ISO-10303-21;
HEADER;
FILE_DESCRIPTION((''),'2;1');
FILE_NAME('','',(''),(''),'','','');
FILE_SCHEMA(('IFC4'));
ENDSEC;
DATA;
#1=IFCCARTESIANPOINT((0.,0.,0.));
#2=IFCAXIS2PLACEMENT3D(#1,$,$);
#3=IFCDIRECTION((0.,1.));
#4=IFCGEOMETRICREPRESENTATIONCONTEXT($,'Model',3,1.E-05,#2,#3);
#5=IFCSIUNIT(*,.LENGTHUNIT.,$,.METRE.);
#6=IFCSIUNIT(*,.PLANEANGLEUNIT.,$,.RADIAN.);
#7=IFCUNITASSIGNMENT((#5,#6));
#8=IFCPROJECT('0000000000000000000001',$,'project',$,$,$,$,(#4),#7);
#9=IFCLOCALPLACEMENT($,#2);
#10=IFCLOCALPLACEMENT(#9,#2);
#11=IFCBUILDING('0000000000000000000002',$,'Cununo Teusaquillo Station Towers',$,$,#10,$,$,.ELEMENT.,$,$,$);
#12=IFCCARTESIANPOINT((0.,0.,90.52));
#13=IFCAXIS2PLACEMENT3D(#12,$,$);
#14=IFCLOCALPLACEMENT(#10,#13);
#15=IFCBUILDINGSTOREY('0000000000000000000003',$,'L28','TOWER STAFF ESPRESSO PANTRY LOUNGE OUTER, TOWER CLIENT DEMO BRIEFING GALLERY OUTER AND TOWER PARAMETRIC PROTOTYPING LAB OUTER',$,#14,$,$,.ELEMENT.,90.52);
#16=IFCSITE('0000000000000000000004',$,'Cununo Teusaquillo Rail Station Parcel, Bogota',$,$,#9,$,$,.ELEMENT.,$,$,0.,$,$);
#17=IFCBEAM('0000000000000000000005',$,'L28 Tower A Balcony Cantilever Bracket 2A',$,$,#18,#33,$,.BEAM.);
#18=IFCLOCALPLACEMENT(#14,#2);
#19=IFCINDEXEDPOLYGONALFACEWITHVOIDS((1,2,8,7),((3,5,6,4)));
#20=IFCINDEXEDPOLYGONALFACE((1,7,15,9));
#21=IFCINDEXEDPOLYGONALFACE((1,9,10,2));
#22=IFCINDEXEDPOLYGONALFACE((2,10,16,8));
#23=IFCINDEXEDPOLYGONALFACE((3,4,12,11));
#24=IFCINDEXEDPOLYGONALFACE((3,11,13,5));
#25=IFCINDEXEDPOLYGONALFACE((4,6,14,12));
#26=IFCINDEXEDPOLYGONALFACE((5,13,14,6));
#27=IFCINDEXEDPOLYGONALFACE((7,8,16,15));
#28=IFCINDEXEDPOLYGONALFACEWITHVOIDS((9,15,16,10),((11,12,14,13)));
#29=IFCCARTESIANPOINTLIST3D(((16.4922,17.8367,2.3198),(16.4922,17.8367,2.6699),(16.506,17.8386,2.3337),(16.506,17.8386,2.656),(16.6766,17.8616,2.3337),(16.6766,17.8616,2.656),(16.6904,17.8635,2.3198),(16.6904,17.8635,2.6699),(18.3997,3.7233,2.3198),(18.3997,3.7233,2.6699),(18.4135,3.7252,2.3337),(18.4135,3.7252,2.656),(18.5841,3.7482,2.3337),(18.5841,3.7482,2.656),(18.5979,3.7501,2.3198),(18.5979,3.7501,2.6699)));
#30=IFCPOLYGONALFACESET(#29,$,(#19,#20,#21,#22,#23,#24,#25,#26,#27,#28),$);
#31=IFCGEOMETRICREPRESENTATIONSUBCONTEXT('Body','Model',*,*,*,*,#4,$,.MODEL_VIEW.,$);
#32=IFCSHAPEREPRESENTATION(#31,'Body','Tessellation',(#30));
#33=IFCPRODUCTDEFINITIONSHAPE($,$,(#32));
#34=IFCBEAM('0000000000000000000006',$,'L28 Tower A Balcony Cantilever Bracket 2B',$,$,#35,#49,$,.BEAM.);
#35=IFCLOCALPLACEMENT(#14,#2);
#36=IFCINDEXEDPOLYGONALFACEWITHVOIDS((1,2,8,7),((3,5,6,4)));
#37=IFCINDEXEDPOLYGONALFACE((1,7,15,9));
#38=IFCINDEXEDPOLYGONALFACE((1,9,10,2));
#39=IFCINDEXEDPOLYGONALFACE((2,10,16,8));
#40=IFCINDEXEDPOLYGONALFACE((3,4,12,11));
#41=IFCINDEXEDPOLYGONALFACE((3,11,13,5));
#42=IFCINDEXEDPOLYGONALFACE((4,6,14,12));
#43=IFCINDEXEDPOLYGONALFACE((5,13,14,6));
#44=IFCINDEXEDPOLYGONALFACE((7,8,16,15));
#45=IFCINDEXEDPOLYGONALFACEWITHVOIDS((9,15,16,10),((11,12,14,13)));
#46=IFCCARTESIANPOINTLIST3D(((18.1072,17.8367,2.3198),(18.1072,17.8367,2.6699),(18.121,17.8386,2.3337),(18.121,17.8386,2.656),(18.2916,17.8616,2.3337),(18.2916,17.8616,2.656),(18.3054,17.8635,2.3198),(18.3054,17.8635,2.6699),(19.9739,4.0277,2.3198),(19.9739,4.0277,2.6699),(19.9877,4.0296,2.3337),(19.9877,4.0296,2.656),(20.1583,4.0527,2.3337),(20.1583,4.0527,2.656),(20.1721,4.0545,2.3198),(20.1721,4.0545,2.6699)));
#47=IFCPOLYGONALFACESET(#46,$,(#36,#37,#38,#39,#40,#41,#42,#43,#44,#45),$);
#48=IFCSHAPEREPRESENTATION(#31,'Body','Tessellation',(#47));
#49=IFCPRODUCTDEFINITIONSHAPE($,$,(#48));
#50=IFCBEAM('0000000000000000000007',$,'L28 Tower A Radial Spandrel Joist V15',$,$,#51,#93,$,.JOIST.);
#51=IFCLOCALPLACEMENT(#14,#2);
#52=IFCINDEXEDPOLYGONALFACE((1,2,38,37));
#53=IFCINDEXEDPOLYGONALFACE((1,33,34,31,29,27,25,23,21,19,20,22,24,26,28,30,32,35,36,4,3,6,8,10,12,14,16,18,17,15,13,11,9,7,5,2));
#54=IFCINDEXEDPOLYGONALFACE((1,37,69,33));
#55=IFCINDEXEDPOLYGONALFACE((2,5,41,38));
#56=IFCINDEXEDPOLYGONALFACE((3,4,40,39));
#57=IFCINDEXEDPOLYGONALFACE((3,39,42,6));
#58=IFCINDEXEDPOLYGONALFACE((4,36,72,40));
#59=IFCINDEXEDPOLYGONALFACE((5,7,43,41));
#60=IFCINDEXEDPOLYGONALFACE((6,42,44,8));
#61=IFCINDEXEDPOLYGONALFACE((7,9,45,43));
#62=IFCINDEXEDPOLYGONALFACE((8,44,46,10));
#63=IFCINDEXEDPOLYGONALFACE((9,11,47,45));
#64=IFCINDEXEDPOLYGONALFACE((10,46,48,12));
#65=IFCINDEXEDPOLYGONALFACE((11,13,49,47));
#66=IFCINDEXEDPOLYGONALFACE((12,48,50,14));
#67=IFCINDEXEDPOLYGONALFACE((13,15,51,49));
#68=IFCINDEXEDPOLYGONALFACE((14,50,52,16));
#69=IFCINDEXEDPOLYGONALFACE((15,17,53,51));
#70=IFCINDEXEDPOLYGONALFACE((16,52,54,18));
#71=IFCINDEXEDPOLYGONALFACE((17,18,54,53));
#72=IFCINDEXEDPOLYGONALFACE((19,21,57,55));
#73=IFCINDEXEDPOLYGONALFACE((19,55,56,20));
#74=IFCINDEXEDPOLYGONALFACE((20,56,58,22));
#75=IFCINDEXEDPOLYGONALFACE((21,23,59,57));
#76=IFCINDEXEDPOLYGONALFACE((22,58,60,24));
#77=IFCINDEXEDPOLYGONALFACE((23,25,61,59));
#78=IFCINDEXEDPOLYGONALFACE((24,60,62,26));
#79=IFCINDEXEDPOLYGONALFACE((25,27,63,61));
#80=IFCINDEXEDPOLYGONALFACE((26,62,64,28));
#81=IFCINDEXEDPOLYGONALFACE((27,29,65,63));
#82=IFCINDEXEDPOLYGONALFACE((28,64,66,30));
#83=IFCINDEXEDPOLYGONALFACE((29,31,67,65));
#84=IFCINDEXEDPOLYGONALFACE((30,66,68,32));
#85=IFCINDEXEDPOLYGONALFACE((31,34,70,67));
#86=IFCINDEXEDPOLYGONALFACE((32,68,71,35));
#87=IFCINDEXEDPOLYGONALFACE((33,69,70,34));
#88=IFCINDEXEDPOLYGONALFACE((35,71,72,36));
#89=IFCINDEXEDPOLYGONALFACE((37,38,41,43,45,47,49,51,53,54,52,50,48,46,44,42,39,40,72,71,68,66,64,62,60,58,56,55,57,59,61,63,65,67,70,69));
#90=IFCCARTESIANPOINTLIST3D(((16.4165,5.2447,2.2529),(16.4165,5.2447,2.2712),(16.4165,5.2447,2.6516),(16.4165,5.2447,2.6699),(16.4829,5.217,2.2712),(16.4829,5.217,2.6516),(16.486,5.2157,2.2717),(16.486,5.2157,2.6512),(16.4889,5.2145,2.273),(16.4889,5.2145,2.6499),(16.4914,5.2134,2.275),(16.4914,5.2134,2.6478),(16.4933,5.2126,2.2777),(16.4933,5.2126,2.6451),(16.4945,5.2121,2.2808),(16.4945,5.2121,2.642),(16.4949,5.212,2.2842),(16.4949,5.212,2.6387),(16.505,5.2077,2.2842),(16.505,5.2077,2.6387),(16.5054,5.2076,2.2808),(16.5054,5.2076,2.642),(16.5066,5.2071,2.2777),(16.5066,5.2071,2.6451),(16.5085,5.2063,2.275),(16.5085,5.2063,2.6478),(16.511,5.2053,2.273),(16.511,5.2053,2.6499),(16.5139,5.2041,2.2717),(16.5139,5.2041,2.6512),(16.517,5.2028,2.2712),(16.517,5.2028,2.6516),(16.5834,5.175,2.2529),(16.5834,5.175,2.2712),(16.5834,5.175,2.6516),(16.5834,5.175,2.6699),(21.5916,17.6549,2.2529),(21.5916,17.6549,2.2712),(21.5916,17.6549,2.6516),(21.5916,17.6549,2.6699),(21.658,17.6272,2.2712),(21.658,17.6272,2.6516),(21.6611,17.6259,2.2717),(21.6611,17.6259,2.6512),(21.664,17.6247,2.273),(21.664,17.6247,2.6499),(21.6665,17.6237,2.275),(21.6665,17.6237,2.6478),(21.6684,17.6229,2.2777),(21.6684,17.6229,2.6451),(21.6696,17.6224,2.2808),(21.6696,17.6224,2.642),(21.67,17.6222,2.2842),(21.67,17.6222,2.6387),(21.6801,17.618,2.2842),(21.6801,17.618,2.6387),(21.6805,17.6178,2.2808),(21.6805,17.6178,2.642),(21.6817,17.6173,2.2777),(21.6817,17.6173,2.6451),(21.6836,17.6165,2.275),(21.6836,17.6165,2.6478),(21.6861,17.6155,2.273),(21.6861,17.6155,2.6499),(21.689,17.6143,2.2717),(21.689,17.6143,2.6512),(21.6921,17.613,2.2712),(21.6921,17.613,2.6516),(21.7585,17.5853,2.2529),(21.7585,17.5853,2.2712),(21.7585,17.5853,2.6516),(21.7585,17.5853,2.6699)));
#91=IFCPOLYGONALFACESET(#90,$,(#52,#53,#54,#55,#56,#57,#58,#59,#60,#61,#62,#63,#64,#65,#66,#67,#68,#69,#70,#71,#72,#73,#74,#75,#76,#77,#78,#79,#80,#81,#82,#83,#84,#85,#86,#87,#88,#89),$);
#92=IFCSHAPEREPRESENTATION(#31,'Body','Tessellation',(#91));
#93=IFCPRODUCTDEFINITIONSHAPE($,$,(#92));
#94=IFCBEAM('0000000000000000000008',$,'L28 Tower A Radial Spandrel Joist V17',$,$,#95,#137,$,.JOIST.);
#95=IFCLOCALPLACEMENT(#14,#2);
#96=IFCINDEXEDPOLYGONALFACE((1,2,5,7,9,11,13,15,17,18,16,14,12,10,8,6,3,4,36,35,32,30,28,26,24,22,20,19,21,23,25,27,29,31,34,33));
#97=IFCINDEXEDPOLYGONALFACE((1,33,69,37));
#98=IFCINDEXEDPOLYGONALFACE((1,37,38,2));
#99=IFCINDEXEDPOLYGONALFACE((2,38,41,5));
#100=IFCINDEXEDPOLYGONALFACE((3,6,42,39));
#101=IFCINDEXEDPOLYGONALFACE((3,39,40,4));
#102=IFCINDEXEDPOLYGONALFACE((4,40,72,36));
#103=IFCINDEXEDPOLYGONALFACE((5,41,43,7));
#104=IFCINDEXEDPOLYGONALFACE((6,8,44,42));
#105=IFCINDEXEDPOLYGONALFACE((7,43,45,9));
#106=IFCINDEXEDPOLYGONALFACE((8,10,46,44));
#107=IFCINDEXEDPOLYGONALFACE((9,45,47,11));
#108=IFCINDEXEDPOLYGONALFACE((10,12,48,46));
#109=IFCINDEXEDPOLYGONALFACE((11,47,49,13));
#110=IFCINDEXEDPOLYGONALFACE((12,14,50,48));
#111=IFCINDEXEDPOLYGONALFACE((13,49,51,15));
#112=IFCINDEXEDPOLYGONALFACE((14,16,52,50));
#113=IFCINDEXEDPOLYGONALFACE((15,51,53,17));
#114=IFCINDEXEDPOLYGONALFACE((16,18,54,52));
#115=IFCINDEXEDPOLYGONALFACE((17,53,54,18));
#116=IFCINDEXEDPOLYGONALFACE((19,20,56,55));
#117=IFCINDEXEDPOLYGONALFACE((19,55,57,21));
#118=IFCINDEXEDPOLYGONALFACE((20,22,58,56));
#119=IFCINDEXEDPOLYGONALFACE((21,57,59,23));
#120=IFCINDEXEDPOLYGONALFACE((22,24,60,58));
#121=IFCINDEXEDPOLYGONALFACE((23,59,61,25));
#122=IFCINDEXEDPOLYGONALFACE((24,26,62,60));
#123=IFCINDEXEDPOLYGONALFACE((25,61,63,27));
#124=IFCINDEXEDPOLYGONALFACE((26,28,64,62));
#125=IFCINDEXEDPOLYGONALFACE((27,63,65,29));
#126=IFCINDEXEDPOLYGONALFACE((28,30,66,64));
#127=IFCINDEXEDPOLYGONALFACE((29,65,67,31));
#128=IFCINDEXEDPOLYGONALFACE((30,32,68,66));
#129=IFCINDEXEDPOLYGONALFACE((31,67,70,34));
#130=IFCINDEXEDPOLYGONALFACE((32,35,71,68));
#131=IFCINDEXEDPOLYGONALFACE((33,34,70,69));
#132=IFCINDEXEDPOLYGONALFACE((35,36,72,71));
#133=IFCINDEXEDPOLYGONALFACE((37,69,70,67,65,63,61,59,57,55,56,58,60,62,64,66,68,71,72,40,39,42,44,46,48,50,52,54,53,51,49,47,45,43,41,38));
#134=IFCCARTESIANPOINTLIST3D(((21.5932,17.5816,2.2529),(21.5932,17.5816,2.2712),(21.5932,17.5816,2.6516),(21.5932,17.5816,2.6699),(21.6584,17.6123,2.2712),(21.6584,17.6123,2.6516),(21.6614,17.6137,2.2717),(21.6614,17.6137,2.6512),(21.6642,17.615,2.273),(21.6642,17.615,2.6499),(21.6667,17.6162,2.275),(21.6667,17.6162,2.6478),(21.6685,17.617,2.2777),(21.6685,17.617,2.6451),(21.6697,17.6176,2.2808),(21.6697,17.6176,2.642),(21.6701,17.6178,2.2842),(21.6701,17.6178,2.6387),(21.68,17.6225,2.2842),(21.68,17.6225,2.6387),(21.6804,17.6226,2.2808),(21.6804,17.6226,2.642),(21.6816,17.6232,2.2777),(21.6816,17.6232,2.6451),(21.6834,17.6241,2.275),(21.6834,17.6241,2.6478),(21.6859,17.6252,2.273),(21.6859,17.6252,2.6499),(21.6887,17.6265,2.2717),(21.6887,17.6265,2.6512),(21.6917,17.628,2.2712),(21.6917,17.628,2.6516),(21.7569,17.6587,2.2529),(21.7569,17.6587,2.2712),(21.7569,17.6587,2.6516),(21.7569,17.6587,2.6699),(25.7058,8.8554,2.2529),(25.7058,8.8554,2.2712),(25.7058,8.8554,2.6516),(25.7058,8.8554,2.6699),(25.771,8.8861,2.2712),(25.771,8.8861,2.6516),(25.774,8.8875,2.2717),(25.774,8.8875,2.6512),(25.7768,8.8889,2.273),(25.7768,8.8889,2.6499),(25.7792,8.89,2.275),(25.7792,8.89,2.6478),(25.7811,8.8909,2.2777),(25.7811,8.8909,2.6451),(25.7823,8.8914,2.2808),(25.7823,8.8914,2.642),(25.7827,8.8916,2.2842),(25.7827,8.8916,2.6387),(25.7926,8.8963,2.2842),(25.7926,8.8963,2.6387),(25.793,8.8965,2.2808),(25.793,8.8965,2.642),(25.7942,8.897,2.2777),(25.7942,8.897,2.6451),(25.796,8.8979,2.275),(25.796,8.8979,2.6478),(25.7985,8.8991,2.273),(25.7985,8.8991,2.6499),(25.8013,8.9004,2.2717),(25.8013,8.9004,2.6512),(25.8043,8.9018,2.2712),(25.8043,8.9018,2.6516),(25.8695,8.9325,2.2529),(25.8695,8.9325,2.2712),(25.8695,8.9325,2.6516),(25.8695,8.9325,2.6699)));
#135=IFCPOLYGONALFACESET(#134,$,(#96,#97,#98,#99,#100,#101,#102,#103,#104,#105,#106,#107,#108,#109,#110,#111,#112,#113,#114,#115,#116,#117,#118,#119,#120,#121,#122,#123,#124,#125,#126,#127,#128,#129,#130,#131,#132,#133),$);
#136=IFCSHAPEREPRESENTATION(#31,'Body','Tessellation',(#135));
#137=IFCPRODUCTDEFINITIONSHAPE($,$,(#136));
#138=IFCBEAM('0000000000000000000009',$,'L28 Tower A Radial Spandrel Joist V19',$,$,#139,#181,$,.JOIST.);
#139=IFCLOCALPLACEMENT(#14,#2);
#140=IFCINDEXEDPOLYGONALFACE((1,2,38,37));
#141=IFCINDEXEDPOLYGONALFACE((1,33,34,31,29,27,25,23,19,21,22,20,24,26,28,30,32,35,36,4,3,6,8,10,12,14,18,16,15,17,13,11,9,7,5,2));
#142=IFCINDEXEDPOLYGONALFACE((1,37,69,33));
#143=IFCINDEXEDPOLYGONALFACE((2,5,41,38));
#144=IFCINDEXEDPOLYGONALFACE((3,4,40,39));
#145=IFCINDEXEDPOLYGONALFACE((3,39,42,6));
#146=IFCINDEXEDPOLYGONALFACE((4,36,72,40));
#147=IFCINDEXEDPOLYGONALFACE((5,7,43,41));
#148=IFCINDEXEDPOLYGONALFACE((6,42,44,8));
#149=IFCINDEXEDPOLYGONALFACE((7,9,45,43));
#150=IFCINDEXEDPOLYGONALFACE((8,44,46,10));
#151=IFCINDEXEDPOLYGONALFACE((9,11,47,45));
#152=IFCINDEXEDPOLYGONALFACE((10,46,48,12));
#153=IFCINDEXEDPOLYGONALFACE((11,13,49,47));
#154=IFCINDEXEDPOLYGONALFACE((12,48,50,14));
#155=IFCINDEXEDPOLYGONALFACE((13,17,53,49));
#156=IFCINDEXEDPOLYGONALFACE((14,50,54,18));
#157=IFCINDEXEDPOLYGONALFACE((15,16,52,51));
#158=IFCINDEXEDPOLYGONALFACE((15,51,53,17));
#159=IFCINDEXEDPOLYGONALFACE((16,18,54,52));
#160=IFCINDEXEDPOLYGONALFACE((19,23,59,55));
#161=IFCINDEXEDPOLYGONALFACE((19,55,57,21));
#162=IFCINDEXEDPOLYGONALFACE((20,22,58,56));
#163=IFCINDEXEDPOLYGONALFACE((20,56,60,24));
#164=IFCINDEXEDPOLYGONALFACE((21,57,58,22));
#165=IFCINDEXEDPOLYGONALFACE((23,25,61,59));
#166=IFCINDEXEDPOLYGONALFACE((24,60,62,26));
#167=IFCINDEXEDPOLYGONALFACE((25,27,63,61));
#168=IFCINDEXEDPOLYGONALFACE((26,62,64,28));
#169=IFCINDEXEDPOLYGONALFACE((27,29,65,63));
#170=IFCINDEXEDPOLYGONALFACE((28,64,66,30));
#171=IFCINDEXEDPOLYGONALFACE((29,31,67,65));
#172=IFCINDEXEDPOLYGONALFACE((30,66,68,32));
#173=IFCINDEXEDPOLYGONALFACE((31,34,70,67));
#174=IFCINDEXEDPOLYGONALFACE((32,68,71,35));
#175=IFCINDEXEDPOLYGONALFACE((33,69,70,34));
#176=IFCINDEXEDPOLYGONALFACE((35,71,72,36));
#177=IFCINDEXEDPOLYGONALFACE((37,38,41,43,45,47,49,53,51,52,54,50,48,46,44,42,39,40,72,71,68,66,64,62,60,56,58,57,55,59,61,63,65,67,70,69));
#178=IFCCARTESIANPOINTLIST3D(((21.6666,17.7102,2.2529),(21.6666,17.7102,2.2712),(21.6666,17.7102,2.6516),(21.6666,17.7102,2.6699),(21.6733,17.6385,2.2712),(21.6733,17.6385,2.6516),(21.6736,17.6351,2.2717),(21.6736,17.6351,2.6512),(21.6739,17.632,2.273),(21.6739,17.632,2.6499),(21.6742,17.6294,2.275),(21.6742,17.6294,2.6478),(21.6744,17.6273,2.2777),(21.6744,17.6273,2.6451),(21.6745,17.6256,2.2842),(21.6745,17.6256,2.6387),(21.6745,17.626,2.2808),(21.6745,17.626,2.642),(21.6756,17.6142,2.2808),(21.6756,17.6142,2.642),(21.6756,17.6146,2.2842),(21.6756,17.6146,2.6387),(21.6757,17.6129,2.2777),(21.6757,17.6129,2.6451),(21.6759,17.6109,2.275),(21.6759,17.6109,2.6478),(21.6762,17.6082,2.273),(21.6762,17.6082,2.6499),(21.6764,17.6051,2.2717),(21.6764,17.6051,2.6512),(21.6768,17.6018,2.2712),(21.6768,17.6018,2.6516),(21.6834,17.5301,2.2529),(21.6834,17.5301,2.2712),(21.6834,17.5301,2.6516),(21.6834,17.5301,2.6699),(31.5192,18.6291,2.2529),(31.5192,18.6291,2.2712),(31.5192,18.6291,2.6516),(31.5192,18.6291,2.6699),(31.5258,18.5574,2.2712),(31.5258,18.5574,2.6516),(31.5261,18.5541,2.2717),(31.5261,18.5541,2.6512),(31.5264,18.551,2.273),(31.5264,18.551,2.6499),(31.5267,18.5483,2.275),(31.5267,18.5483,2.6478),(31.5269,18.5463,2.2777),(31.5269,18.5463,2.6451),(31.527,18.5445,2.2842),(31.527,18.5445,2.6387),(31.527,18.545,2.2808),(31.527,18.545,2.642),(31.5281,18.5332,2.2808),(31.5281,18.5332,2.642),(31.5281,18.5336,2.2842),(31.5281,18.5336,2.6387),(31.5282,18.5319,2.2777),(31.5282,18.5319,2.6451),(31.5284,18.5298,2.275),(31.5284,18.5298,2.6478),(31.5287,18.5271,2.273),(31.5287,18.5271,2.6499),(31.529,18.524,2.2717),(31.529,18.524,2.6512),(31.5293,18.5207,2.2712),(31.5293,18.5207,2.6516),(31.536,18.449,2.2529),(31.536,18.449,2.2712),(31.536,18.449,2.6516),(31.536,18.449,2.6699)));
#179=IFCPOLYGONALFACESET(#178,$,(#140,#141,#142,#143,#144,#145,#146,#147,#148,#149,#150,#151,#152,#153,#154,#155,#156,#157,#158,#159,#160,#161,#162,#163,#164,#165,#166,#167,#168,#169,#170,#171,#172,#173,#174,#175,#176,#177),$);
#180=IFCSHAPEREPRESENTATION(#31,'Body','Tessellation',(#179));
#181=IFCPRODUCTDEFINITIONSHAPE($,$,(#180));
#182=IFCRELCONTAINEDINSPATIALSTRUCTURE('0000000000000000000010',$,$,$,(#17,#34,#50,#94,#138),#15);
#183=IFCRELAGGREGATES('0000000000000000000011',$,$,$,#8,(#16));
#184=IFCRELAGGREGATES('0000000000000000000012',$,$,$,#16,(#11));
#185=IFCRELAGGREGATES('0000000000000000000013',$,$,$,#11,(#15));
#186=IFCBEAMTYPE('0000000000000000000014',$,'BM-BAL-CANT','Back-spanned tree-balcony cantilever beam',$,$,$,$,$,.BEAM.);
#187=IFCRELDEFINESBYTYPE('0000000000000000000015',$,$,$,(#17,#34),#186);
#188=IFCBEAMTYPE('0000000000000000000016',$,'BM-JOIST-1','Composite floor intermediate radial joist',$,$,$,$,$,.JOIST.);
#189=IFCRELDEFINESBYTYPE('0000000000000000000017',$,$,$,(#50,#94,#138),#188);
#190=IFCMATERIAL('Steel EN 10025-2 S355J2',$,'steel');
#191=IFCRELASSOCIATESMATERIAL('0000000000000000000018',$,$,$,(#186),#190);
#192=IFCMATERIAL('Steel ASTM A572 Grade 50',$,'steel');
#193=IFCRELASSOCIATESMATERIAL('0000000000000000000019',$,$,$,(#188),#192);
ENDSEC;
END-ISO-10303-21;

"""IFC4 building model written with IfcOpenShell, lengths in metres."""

from ifc_helpers import new_model, si_unit, direction, frame, origin, origin_2d, place, context, subcontext, project, spatial, hollow_rectangle, i_section, extrude, material, material_profile, profile_set, type_object, element, save


model = new_model("IFC4")

# Units and contexts
model_context = context("Model", 3, precision=1e-05, world=origin(), true_north=direction((0.0, 1.0)))
body_context = subcontext(model_context, "Body", "Model", "MODEL_VIEW")
ifc_project = project(units=[si_unit("LENGTHUNIT", "METRE"), si_unit("PLANEANGLEUNIT", "RADIAN")], contexts=[model_context])

# Site, building, storey
site_placement = place(None, origin())
site = spatial("IfcSite", under=ifc_project, at=site_placement, Name="Cununo Teusaquillo Rail Station Parcel, Bogota", CompositionType="ELEMENT", RefElevation=0.0)
building_placement = place(site_placement, origin())
building = spatial("IfcBuilding", under=site, at=building_placement, Name="Cununo Teusaquillo Station Towers", CompositionType="ELEMENT")
storey_placement = place(building_placement, frame((0.0, 0.0, 90.52)))
storey = spatial("IfcBuildingStorey", under=building, at=storey_placement, Name="L28", Description="TOWER STAFF ESPRESSO PANTRY LOUNGE OUTER, TOWER CLIENT DEMO BRIEFING GALLERY OUTER AND TOWER PARAMETRIC PROTOTYPING LAB OUTER", CompositionType="ELEMENT", Elevation=90.52)

# Beams
ifc_material_1 = material(Name="Steel EN 10025-2 S355J2", Category="steel")
ifc_material_profile_1 = material_profile(ifc_material_1, hollow_rectangle(XDim=0.2, YDim=0.3501, WallThickness=0.0139, at=origin_2d()), Name="RHS 350x200x14")
ifc_profile_set_1 = profile_set([ifc_material_profile_1], Name="Steel EN 10025-2 S355J2")
beam_type_1 = type_object("IfcBeamType", Name="BM-BAL-CANT", Description="Back-spanned tree-balcony cantilever beam", PredefinedType="BEAM", material=ifc_profile_set_1)
beam_1_placement = place(storey_placement, frame((16.5913, 17.8501, 2.4949), z_axis=(0.133937, -0.99099, 0.0), x_axis=(0.99099, 0.133937, 0.0)))
element("IfcBeam", 1, at=beam_1_placement, inside=storey, type_object=beam_type_1, Name="L28 Tower A Balcony Cantilever Bracket 2A", PredefinedType="BEAM", context=body_context, shape_type="SweptSolid", body=[
    extrude(hollow_rectangle(XDim=0.2, YDim=0.3501, WallThickness=0.0139, at=origin_2d()), origin(), (0.0, 0.0, 1.0), 14.2417),
])
beam_2_placement = place(storey_placement, frame((18.2063, 17.8501, 2.4949), z_axis=(0.133961, -0.990987, 0.0), x_axis=(0.990987, 0.133961, 0.0)))
element("IfcBeam", 2, at=beam_2_placement, inside=storey, type_object=beam_type_1, Name="L28 Tower A Balcony Cantilever Bracket 2B", PredefinedType="BEAM", context=body_context, shape_type="SweptSolid", body=[
    extrude(hollow_rectangle(XDim=0.2, YDim=0.3501, WallThickness=0.0139, at=origin_2d()), origin(), (0.0, 0.0, 1.0), 13.9346),
])
ifc_material_2 = material(Name="Steel ASTM A572 Grade 50", Category="steel")
ifc_material_profile_2 = material_profile(ifc_material_2, i_section(OverallWidth=0.1809, OverallDepth=0.417, WebThickness=0.011, FlangeThickness=0.0183, FilletRadius=0.0129, at=origin_2d()), Name="W16X57")
ifc_profile_set_2 = profile_set([ifc_material_profile_2], Name="Steel ASTM A572 Grade 50")
beam_type_2 = type_object("IfcBeamType", Name="BM-JOIST-1", Description="Composite floor intermediate radial joist", PredefinedType="JOIST", material=ifc_profile_set_2)
beam_3_placement = place(storey_placement, frame((21.675, 17.6201, 2.4614), z_axis=(-0.384878, -0.922967, 0.0), x_axis=(0.922967, -0.384878, 0.0)))
element("IfcBeam", 3, at=beam_3_placement, inside=storey, type_object=beam_type_2, Name="L28 Tower A Radial Spandrel Joist V15", PredefinedType="JOIST", context=body_context, shape_type="SweptSolid", body=[
    extrude(i_section(OverallWidth=0.1809, OverallDepth=0.417, WebThickness=0.011, FlangeThickness=0.0183, FilletRadius=0.0129, at=origin_2d()), origin(), (0.0, 0.0, 1.0), 13.446),
])
beam_4_placement = place(storey_placement, frame((21.675, 17.6201, 2.4614), z_axis=(0.42632, -0.904572, 0.0), x_axis=(0.904572, 0.42632, 0.0)))
element("IfcBeam", 4, at=beam_4_placement, inside=storey, type_object=beam_type_2, Name="L28 Tower A Radial Spandrel Joist V17", PredefinedType="JOIST", context=body_context, shape_type="SweptSolid", body=[
    extrude(i_section(OverallWidth=0.1809, OverallDepth=0.417, WebThickness=0.011, FlangeThickness=0.0183, FilletRadius=0.0129, at=origin_2d()), origin(), (0.0, 0.0, 1.0), 9.6467),
])
beam_5_placement = place(storey_placement, frame((21.675, 17.6201, 2.4614), z_axis=(0.995679, 0.092867, 0.0), x_axis=(-0.092867, 0.995679, 0.0)))
element("IfcBeam", 5, at=beam_5_placement, inside=storey, type_object=beam_type_2, Name="L28 Tower A Radial Spandrel Joist V19", PredefinedType="JOIST", context=body_context, shape_type="SweptSolid", body=[
    extrude(i_section(OverallWidth=0.1809, OverallDepth=0.417, WebThickness=0.011, FlangeThickness=0.0183, FilletRadius=0.0129, at=origin_2d()), origin(), (0.0, 0.0, 1.0), 9.8953),
])

save(model, "model.ifc")
